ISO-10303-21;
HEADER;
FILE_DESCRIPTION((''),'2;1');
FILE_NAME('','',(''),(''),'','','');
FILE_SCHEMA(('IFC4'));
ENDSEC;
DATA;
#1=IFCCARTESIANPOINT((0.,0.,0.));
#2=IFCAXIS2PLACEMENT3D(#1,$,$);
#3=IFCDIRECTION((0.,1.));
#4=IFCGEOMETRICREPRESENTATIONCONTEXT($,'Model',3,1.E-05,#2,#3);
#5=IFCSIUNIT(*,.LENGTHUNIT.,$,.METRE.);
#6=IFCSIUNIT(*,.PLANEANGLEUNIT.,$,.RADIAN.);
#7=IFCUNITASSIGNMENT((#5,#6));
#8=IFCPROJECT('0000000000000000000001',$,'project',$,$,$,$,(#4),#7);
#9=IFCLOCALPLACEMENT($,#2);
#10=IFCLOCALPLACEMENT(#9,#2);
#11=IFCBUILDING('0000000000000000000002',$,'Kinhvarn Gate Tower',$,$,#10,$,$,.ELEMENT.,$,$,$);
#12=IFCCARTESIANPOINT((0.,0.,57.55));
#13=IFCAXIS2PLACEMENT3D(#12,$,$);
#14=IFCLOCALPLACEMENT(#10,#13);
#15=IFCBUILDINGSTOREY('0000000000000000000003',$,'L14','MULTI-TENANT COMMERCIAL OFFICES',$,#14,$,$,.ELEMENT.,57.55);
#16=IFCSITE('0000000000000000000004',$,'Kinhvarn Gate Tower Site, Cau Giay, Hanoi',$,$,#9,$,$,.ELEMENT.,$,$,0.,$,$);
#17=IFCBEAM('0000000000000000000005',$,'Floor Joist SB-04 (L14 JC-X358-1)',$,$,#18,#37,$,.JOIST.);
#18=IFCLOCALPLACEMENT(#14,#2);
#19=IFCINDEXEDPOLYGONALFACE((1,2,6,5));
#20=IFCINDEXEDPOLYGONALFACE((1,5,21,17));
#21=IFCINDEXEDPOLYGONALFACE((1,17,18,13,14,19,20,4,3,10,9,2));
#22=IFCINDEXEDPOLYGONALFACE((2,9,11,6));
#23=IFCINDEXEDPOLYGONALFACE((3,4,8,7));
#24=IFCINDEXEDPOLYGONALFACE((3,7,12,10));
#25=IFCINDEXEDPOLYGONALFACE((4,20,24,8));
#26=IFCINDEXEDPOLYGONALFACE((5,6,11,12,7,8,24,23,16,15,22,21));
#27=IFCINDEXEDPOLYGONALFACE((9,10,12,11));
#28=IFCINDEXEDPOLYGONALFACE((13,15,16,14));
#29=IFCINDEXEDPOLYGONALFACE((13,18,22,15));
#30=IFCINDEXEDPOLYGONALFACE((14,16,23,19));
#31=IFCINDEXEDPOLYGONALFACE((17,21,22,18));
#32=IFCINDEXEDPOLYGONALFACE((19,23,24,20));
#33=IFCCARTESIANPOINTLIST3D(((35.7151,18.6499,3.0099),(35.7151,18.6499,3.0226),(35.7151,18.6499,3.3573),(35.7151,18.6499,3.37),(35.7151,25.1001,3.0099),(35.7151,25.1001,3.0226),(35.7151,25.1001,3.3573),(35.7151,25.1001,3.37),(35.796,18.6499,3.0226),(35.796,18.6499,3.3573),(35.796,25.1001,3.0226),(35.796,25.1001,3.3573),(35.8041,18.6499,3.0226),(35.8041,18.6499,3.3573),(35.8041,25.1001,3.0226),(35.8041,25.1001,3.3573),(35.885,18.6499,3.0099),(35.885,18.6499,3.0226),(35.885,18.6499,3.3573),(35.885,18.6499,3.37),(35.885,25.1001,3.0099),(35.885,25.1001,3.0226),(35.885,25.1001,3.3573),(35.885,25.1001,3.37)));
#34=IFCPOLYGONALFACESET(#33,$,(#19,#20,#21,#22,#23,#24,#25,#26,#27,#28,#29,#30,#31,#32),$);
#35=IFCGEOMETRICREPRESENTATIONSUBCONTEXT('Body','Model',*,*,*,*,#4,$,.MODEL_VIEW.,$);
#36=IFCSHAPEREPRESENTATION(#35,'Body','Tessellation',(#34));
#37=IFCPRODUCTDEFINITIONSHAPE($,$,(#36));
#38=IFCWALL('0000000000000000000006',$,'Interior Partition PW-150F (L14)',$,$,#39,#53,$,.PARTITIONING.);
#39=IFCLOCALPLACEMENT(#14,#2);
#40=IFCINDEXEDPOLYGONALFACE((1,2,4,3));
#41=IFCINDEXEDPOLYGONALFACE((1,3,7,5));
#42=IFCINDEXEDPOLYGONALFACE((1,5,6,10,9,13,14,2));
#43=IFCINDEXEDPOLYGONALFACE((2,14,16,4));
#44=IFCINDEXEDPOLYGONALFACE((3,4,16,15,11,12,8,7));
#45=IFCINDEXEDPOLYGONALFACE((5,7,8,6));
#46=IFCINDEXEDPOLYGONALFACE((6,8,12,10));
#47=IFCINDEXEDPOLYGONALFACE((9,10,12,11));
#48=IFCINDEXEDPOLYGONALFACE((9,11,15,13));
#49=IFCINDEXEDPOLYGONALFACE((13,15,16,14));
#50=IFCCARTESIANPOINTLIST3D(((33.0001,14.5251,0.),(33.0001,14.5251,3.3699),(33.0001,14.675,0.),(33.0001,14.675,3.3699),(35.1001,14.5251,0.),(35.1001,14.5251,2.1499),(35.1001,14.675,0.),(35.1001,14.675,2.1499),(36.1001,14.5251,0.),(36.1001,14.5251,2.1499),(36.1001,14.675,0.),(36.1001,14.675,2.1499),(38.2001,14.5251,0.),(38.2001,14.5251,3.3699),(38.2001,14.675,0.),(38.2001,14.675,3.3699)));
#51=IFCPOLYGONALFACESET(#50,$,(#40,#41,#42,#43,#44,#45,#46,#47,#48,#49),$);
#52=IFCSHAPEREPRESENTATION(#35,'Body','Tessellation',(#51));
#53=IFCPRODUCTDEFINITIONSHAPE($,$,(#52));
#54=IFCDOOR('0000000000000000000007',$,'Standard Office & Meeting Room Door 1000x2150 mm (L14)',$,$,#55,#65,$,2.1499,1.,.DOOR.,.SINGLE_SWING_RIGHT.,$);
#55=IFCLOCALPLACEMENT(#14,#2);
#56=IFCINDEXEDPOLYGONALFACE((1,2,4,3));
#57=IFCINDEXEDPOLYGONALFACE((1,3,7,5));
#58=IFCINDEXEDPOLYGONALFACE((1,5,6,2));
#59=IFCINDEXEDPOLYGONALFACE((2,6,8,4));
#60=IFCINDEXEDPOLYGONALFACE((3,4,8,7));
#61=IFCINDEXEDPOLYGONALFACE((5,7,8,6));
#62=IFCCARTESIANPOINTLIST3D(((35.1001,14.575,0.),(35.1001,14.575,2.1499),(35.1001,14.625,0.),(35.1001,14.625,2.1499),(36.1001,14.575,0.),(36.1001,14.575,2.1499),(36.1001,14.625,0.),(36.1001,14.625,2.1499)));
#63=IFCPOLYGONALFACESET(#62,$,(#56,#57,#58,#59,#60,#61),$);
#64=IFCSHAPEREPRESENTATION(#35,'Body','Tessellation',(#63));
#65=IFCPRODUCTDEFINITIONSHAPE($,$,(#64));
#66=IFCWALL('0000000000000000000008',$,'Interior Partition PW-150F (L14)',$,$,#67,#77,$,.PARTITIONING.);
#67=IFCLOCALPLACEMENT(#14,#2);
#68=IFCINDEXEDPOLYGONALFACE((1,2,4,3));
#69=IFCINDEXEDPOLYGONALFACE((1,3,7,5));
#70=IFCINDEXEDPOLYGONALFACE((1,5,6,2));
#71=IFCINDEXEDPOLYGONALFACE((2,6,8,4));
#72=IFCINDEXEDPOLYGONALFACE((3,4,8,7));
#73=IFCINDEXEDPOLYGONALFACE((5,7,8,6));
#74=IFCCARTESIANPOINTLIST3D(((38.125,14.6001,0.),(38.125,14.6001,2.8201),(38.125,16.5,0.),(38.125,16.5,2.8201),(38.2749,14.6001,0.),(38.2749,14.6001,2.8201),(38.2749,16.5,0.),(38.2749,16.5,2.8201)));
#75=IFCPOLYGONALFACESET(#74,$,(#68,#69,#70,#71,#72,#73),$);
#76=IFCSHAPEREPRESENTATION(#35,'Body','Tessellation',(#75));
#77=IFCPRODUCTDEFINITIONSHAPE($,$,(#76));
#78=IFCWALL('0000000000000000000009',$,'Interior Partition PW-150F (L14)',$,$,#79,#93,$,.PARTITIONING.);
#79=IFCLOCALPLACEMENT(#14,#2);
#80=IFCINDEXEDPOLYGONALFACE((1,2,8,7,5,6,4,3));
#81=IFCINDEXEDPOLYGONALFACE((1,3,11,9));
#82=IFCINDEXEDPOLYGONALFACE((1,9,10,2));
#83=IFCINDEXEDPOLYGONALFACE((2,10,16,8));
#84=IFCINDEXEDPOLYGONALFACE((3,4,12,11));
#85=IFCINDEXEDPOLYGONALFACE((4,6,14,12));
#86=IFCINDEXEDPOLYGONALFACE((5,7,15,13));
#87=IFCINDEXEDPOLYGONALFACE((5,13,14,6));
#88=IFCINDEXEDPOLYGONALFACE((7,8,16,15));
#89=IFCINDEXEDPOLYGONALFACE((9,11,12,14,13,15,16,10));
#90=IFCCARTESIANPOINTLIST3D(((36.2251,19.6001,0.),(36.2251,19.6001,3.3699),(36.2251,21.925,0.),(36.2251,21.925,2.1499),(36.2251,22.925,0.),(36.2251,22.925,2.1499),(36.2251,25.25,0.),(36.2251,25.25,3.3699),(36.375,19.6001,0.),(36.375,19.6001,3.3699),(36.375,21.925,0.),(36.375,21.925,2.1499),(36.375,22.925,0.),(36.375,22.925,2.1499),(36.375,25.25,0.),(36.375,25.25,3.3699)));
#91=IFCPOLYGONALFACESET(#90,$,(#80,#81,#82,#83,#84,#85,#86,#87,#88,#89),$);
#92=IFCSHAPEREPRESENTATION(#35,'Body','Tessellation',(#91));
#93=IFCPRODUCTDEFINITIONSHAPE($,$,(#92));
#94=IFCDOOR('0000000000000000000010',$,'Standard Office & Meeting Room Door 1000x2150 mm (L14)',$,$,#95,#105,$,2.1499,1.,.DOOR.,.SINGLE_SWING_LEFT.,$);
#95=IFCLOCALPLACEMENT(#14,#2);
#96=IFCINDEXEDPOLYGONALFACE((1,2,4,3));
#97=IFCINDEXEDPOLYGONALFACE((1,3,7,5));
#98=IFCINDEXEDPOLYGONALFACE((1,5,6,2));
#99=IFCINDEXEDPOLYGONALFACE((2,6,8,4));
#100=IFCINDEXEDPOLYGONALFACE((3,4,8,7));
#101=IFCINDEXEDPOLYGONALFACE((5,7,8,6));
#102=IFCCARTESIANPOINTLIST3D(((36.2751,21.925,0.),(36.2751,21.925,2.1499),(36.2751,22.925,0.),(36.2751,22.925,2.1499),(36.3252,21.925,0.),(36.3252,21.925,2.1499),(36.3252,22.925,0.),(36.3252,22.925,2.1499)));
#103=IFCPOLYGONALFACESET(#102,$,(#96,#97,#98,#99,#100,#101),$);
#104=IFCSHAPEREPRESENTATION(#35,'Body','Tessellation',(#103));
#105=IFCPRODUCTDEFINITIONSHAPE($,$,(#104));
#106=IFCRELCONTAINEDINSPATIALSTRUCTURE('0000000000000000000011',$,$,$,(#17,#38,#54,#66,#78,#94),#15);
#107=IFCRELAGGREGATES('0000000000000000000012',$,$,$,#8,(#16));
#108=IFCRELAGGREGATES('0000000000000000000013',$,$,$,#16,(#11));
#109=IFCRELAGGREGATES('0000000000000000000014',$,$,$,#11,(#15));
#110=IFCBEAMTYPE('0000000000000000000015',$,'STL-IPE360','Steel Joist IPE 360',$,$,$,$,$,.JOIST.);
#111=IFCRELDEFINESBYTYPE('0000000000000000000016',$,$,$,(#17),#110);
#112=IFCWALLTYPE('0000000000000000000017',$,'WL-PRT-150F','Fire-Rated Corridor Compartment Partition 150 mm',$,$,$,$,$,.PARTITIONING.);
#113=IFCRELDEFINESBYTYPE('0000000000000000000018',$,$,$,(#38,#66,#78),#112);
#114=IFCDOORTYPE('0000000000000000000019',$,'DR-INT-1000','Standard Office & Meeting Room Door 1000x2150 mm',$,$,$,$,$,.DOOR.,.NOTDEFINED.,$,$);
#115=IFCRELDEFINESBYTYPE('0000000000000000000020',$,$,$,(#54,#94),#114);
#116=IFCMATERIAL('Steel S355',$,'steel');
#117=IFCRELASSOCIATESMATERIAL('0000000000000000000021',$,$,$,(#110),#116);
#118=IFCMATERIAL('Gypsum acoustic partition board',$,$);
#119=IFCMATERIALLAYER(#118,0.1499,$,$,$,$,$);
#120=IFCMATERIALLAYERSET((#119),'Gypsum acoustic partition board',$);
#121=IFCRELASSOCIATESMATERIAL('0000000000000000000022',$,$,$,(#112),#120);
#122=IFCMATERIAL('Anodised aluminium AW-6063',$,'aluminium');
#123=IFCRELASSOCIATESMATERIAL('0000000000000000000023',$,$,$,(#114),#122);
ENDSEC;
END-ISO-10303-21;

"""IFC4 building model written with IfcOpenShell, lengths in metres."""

from ifc_helpers import new_model, si_unit, direction, frame, frame_2d, origin, origin_2d, place, context, subcontext, project, spatial, rectangle, i_section, extrude, material, layer, layer_set, material_profile, profile_set, type_object, element, fill, save


model = new_model("IFC4")

# Units and contexts
model_context = context("Model", 3, precision=1e-05, world=origin(), true_north=direction((0.0, 1.0)))
body_context = subcontext(model_context, "Body", "Model", "MODEL_VIEW")
ifc_project = project(units=[si_unit("LENGTHUNIT", "METRE"), si_unit("PLANEANGLEUNIT", "RADIAN")], contexts=[model_context])

# Site, building, storey
site_placement = place(None, origin())
site = spatial("IfcSite", under=ifc_project, at=site_placement, Name="Kinhvarn Gate Tower Site, Cau Giay, Hanoi", CompositionType="ELEMENT", RefElevation=0.0)
building_placement = place(site_placement, origin())
building = spatial("IfcBuilding", under=site, at=building_placement, Name="Kinhvarn Gate Tower", CompositionType="ELEMENT")
storey_placement = place(building_placement, frame((0.0, 0.0, 57.55)))
storey = spatial("IfcBuildingStorey", under=building, at=storey_placement, Name="L14", Description="MULTI-TENANT COMMERCIAL OFFICES", CompositionType="ELEMENT", Elevation=57.55)

# Beam
ifc_material_1 = material(Name="Steel S355", Category="steel")
ifc_material_profile_1 = material_profile(ifc_material_1, i_section(OverallWidth=0.1699, OverallDepth=0.3601, WebThickness=0.0081, FlangeThickness=0.0127, at=origin_2d()), Name="IPE 360")
ifc_profile_set_1 = profile_set([ifc_material_profile_1], Name="Steel S355")
beam_type_1 = type_object("IfcBeamType", Name="STL-IPE360", Description="Steel Joist IPE 360", PredefinedType="JOIST", material=ifc_profile_set_1)
beam_1_placement = place(storey_placement, frame((35.8, 18.6499, 3.1899), z_axis=(0.0, 1.0, 0.0), x_axis=(-1.0, 0.0, 0.0)))
element("IfcBeam", 1, at=beam_1_placement, inside=storey, type_object=beam_type_1, Name="Floor Joist SB-04 (L14 JC-X358-1)", PredefinedType="JOIST", context=body_context, shape_type="SweptSolid", body=[
    extrude(i_section(OverallWidth=0.1699, OverallDepth=0.3601, WebThickness=0.0081, FlangeThickness=0.0127, at=origin_2d()), origin(), (0.0, 0.0, 1.0), 6.4502),
])

# Wall, opening, door
ifc_material_2 = material(Name="Gypsum acoustic partition board")
ifc_layer = layer(ifc_material_2, 0.1499)
ifc_layer_set = layer_set([ifc_layer], Name="Gypsum acoustic partition board")
wall_type = type_object("IfcWallType", Name="WL-PRT-150F", Description="Fire-Rated Corridor Compartment Partition 150 mm", PredefinedType="PARTITIONING", material=ifc_layer_set)
wall_1_placement = place(storey_placement, frame((33.0, 14.6001, 0.0), z_axis=(0.0, 0.0, 1.0), x_axis=(1.0, 0.0, 0.0)))
wall_1 = element("IfcWall", 2, at=wall_1_placement, inside=storey, type_object=wall_type, Name="Interior Partition PW-150F (L14)", PredefinedType="PARTITIONING", context=body_context, shape_type="SweptSolid", body=[
    extrude(rectangle(XDim=5.2, YDim=0.1499, at=frame_2d((2.6001, 0.0))), origin(), (0.0, 0.0, 1.0), 3.3699),
])
opening_1_placement = place(wall_1_placement, frame((2.1001, 0.0, 0.0)))
opening_1 = element("IfcOpeningElement", 3, at=opening_1_placement, cuts=wall_1, PredefinedType="OPENING", context=body_context, shape_type="SweptSolid", body=[
    extrude(rectangle(XDim=1.0, YDim=2.1499, at=frame_2d((0.5, 1.075))), frame((0.0, 0.085, 0.0), z_axis=(0.0, -1.0, 0.0), x_axis=(1.0, 0.0, 0.0)), (0.0, 0.0, 1.0), 0.1699),
])
ifc_material_3 = material(Name="Anodised aluminium AW-6063", Category="aluminium")
door_type = type_object("IfcDoorType", Name="DR-INT-1000", Description="Standard Office & Meeting Room Door 1000x2150 mm", OperationType="NOTDEFINED", PredefinedType="DOOR", material=ifc_material_3)
door_1_placement = place(opening_1_placement, origin())
door_1 = element("IfcDoor", 4, at=door_1_placement, inside=storey, type_object=door_type, Name="Standard Office & Meeting Room Door 1000x2150 mm (L14)", OperationType="SINGLE_SWING_RIGHT", OverallHeight=2.1499, OverallWidth=1.0, PredefinedType="DOOR", context=body_context, shape_type="SweptSolid", body=[
    extrude(rectangle(XDim=1.0, YDim=2.1499, at=frame_2d((0.5, 1.075))), frame((0.0, 0.0249, 0.0), z_axis=(0.0, -1.0, 0.0), x_axis=(1.0, 0.0, 0.0)), (0.0, 0.0, 1.0), 0.05),
])
fill(opening_1, door_1)

# Wall
wall_2_placement = place(storey_placement, frame((38.2, 14.6001, 0.0), z_axis=(0.0, 0.0, 1.0), x_axis=(0.0, 1.0, 0.0)))
element("IfcWall", 5, at=wall_2_placement, inside=storey, type_object=wall_type, Name="Interior Partition PW-150F (L14)", PredefinedType="PARTITIONING", context=body_context, shape_type="SweptSolid", body=[
    extrude(rectangle(XDim=1.8999, YDim=0.1499, at=frame_2d((0.95, 0.0))), origin(), (0.0, 0.0, 1.0), 2.8201),
])

# Wall, opening, door
wall_3_placement = place(storey_placement, frame((36.3, 19.6001, 0.0), z_axis=(0.0, 0.0, 1.0), x_axis=(0.0, 1.0, 0.0)))
wall_3 = element("IfcWall", 6, at=wall_3_placement, inside=storey, type_object=wall_type, Name="Interior Partition PW-150F (L14)", PredefinedType="PARTITIONING", context=body_context, shape_type="SweptSolid", body=[
    extrude(rectangle(XDim=5.6499, YDim=0.1499, at=frame_2d((2.825, 0.0))), origin(), (0.0, 0.0, 1.0), 3.3699),
])
opening_2_placement = place(wall_3_placement, frame((2.325, 0.0, 0.0)))
opening_2 = element("IfcOpeningElement", 7, at=opening_2_placement, cuts=wall_3, PredefinedType="OPENING", context=body_context, shape_type="SweptSolid", body=[
    extrude(rectangle(XDim=1.0, YDim=2.1499, at=frame_2d((0.5, 1.075))), frame((0.0, 0.085, 0.0), z_axis=(0.0, -1.0, 0.0), x_axis=(1.0, 0.0, 0.0)), (0.0, 0.0, 1.0), 0.1699),
])
door_2_placement = place(opening_2_placement, origin())
door_2 = element("IfcDoor", 8, at=door_2_placement, inside=storey, type_object=door_type, Name="Standard Office & Meeting Room Door 1000x2150 mm (L14)", OperationType="SINGLE_SWING_LEFT", OverallHeight=2.1499, OverallWidth=1.0, PredefinedType="DOOR", context=body_context, shape_type="SweptSolid", body=[
    extrude(rectangle(XDim=1.0, YDim=2.1499, at=frame_2d((0.5, 1.075))), frame((0.0, 0.0249, 0.0), z_axis=(0.0, -1.0, 0.0), x_axis=(1.0, 0.0, 0.0)), (0.0, 0.0, 1.0), 0.05),
])
fill(opening_2, door_2)

save(model, "model.ifc")
